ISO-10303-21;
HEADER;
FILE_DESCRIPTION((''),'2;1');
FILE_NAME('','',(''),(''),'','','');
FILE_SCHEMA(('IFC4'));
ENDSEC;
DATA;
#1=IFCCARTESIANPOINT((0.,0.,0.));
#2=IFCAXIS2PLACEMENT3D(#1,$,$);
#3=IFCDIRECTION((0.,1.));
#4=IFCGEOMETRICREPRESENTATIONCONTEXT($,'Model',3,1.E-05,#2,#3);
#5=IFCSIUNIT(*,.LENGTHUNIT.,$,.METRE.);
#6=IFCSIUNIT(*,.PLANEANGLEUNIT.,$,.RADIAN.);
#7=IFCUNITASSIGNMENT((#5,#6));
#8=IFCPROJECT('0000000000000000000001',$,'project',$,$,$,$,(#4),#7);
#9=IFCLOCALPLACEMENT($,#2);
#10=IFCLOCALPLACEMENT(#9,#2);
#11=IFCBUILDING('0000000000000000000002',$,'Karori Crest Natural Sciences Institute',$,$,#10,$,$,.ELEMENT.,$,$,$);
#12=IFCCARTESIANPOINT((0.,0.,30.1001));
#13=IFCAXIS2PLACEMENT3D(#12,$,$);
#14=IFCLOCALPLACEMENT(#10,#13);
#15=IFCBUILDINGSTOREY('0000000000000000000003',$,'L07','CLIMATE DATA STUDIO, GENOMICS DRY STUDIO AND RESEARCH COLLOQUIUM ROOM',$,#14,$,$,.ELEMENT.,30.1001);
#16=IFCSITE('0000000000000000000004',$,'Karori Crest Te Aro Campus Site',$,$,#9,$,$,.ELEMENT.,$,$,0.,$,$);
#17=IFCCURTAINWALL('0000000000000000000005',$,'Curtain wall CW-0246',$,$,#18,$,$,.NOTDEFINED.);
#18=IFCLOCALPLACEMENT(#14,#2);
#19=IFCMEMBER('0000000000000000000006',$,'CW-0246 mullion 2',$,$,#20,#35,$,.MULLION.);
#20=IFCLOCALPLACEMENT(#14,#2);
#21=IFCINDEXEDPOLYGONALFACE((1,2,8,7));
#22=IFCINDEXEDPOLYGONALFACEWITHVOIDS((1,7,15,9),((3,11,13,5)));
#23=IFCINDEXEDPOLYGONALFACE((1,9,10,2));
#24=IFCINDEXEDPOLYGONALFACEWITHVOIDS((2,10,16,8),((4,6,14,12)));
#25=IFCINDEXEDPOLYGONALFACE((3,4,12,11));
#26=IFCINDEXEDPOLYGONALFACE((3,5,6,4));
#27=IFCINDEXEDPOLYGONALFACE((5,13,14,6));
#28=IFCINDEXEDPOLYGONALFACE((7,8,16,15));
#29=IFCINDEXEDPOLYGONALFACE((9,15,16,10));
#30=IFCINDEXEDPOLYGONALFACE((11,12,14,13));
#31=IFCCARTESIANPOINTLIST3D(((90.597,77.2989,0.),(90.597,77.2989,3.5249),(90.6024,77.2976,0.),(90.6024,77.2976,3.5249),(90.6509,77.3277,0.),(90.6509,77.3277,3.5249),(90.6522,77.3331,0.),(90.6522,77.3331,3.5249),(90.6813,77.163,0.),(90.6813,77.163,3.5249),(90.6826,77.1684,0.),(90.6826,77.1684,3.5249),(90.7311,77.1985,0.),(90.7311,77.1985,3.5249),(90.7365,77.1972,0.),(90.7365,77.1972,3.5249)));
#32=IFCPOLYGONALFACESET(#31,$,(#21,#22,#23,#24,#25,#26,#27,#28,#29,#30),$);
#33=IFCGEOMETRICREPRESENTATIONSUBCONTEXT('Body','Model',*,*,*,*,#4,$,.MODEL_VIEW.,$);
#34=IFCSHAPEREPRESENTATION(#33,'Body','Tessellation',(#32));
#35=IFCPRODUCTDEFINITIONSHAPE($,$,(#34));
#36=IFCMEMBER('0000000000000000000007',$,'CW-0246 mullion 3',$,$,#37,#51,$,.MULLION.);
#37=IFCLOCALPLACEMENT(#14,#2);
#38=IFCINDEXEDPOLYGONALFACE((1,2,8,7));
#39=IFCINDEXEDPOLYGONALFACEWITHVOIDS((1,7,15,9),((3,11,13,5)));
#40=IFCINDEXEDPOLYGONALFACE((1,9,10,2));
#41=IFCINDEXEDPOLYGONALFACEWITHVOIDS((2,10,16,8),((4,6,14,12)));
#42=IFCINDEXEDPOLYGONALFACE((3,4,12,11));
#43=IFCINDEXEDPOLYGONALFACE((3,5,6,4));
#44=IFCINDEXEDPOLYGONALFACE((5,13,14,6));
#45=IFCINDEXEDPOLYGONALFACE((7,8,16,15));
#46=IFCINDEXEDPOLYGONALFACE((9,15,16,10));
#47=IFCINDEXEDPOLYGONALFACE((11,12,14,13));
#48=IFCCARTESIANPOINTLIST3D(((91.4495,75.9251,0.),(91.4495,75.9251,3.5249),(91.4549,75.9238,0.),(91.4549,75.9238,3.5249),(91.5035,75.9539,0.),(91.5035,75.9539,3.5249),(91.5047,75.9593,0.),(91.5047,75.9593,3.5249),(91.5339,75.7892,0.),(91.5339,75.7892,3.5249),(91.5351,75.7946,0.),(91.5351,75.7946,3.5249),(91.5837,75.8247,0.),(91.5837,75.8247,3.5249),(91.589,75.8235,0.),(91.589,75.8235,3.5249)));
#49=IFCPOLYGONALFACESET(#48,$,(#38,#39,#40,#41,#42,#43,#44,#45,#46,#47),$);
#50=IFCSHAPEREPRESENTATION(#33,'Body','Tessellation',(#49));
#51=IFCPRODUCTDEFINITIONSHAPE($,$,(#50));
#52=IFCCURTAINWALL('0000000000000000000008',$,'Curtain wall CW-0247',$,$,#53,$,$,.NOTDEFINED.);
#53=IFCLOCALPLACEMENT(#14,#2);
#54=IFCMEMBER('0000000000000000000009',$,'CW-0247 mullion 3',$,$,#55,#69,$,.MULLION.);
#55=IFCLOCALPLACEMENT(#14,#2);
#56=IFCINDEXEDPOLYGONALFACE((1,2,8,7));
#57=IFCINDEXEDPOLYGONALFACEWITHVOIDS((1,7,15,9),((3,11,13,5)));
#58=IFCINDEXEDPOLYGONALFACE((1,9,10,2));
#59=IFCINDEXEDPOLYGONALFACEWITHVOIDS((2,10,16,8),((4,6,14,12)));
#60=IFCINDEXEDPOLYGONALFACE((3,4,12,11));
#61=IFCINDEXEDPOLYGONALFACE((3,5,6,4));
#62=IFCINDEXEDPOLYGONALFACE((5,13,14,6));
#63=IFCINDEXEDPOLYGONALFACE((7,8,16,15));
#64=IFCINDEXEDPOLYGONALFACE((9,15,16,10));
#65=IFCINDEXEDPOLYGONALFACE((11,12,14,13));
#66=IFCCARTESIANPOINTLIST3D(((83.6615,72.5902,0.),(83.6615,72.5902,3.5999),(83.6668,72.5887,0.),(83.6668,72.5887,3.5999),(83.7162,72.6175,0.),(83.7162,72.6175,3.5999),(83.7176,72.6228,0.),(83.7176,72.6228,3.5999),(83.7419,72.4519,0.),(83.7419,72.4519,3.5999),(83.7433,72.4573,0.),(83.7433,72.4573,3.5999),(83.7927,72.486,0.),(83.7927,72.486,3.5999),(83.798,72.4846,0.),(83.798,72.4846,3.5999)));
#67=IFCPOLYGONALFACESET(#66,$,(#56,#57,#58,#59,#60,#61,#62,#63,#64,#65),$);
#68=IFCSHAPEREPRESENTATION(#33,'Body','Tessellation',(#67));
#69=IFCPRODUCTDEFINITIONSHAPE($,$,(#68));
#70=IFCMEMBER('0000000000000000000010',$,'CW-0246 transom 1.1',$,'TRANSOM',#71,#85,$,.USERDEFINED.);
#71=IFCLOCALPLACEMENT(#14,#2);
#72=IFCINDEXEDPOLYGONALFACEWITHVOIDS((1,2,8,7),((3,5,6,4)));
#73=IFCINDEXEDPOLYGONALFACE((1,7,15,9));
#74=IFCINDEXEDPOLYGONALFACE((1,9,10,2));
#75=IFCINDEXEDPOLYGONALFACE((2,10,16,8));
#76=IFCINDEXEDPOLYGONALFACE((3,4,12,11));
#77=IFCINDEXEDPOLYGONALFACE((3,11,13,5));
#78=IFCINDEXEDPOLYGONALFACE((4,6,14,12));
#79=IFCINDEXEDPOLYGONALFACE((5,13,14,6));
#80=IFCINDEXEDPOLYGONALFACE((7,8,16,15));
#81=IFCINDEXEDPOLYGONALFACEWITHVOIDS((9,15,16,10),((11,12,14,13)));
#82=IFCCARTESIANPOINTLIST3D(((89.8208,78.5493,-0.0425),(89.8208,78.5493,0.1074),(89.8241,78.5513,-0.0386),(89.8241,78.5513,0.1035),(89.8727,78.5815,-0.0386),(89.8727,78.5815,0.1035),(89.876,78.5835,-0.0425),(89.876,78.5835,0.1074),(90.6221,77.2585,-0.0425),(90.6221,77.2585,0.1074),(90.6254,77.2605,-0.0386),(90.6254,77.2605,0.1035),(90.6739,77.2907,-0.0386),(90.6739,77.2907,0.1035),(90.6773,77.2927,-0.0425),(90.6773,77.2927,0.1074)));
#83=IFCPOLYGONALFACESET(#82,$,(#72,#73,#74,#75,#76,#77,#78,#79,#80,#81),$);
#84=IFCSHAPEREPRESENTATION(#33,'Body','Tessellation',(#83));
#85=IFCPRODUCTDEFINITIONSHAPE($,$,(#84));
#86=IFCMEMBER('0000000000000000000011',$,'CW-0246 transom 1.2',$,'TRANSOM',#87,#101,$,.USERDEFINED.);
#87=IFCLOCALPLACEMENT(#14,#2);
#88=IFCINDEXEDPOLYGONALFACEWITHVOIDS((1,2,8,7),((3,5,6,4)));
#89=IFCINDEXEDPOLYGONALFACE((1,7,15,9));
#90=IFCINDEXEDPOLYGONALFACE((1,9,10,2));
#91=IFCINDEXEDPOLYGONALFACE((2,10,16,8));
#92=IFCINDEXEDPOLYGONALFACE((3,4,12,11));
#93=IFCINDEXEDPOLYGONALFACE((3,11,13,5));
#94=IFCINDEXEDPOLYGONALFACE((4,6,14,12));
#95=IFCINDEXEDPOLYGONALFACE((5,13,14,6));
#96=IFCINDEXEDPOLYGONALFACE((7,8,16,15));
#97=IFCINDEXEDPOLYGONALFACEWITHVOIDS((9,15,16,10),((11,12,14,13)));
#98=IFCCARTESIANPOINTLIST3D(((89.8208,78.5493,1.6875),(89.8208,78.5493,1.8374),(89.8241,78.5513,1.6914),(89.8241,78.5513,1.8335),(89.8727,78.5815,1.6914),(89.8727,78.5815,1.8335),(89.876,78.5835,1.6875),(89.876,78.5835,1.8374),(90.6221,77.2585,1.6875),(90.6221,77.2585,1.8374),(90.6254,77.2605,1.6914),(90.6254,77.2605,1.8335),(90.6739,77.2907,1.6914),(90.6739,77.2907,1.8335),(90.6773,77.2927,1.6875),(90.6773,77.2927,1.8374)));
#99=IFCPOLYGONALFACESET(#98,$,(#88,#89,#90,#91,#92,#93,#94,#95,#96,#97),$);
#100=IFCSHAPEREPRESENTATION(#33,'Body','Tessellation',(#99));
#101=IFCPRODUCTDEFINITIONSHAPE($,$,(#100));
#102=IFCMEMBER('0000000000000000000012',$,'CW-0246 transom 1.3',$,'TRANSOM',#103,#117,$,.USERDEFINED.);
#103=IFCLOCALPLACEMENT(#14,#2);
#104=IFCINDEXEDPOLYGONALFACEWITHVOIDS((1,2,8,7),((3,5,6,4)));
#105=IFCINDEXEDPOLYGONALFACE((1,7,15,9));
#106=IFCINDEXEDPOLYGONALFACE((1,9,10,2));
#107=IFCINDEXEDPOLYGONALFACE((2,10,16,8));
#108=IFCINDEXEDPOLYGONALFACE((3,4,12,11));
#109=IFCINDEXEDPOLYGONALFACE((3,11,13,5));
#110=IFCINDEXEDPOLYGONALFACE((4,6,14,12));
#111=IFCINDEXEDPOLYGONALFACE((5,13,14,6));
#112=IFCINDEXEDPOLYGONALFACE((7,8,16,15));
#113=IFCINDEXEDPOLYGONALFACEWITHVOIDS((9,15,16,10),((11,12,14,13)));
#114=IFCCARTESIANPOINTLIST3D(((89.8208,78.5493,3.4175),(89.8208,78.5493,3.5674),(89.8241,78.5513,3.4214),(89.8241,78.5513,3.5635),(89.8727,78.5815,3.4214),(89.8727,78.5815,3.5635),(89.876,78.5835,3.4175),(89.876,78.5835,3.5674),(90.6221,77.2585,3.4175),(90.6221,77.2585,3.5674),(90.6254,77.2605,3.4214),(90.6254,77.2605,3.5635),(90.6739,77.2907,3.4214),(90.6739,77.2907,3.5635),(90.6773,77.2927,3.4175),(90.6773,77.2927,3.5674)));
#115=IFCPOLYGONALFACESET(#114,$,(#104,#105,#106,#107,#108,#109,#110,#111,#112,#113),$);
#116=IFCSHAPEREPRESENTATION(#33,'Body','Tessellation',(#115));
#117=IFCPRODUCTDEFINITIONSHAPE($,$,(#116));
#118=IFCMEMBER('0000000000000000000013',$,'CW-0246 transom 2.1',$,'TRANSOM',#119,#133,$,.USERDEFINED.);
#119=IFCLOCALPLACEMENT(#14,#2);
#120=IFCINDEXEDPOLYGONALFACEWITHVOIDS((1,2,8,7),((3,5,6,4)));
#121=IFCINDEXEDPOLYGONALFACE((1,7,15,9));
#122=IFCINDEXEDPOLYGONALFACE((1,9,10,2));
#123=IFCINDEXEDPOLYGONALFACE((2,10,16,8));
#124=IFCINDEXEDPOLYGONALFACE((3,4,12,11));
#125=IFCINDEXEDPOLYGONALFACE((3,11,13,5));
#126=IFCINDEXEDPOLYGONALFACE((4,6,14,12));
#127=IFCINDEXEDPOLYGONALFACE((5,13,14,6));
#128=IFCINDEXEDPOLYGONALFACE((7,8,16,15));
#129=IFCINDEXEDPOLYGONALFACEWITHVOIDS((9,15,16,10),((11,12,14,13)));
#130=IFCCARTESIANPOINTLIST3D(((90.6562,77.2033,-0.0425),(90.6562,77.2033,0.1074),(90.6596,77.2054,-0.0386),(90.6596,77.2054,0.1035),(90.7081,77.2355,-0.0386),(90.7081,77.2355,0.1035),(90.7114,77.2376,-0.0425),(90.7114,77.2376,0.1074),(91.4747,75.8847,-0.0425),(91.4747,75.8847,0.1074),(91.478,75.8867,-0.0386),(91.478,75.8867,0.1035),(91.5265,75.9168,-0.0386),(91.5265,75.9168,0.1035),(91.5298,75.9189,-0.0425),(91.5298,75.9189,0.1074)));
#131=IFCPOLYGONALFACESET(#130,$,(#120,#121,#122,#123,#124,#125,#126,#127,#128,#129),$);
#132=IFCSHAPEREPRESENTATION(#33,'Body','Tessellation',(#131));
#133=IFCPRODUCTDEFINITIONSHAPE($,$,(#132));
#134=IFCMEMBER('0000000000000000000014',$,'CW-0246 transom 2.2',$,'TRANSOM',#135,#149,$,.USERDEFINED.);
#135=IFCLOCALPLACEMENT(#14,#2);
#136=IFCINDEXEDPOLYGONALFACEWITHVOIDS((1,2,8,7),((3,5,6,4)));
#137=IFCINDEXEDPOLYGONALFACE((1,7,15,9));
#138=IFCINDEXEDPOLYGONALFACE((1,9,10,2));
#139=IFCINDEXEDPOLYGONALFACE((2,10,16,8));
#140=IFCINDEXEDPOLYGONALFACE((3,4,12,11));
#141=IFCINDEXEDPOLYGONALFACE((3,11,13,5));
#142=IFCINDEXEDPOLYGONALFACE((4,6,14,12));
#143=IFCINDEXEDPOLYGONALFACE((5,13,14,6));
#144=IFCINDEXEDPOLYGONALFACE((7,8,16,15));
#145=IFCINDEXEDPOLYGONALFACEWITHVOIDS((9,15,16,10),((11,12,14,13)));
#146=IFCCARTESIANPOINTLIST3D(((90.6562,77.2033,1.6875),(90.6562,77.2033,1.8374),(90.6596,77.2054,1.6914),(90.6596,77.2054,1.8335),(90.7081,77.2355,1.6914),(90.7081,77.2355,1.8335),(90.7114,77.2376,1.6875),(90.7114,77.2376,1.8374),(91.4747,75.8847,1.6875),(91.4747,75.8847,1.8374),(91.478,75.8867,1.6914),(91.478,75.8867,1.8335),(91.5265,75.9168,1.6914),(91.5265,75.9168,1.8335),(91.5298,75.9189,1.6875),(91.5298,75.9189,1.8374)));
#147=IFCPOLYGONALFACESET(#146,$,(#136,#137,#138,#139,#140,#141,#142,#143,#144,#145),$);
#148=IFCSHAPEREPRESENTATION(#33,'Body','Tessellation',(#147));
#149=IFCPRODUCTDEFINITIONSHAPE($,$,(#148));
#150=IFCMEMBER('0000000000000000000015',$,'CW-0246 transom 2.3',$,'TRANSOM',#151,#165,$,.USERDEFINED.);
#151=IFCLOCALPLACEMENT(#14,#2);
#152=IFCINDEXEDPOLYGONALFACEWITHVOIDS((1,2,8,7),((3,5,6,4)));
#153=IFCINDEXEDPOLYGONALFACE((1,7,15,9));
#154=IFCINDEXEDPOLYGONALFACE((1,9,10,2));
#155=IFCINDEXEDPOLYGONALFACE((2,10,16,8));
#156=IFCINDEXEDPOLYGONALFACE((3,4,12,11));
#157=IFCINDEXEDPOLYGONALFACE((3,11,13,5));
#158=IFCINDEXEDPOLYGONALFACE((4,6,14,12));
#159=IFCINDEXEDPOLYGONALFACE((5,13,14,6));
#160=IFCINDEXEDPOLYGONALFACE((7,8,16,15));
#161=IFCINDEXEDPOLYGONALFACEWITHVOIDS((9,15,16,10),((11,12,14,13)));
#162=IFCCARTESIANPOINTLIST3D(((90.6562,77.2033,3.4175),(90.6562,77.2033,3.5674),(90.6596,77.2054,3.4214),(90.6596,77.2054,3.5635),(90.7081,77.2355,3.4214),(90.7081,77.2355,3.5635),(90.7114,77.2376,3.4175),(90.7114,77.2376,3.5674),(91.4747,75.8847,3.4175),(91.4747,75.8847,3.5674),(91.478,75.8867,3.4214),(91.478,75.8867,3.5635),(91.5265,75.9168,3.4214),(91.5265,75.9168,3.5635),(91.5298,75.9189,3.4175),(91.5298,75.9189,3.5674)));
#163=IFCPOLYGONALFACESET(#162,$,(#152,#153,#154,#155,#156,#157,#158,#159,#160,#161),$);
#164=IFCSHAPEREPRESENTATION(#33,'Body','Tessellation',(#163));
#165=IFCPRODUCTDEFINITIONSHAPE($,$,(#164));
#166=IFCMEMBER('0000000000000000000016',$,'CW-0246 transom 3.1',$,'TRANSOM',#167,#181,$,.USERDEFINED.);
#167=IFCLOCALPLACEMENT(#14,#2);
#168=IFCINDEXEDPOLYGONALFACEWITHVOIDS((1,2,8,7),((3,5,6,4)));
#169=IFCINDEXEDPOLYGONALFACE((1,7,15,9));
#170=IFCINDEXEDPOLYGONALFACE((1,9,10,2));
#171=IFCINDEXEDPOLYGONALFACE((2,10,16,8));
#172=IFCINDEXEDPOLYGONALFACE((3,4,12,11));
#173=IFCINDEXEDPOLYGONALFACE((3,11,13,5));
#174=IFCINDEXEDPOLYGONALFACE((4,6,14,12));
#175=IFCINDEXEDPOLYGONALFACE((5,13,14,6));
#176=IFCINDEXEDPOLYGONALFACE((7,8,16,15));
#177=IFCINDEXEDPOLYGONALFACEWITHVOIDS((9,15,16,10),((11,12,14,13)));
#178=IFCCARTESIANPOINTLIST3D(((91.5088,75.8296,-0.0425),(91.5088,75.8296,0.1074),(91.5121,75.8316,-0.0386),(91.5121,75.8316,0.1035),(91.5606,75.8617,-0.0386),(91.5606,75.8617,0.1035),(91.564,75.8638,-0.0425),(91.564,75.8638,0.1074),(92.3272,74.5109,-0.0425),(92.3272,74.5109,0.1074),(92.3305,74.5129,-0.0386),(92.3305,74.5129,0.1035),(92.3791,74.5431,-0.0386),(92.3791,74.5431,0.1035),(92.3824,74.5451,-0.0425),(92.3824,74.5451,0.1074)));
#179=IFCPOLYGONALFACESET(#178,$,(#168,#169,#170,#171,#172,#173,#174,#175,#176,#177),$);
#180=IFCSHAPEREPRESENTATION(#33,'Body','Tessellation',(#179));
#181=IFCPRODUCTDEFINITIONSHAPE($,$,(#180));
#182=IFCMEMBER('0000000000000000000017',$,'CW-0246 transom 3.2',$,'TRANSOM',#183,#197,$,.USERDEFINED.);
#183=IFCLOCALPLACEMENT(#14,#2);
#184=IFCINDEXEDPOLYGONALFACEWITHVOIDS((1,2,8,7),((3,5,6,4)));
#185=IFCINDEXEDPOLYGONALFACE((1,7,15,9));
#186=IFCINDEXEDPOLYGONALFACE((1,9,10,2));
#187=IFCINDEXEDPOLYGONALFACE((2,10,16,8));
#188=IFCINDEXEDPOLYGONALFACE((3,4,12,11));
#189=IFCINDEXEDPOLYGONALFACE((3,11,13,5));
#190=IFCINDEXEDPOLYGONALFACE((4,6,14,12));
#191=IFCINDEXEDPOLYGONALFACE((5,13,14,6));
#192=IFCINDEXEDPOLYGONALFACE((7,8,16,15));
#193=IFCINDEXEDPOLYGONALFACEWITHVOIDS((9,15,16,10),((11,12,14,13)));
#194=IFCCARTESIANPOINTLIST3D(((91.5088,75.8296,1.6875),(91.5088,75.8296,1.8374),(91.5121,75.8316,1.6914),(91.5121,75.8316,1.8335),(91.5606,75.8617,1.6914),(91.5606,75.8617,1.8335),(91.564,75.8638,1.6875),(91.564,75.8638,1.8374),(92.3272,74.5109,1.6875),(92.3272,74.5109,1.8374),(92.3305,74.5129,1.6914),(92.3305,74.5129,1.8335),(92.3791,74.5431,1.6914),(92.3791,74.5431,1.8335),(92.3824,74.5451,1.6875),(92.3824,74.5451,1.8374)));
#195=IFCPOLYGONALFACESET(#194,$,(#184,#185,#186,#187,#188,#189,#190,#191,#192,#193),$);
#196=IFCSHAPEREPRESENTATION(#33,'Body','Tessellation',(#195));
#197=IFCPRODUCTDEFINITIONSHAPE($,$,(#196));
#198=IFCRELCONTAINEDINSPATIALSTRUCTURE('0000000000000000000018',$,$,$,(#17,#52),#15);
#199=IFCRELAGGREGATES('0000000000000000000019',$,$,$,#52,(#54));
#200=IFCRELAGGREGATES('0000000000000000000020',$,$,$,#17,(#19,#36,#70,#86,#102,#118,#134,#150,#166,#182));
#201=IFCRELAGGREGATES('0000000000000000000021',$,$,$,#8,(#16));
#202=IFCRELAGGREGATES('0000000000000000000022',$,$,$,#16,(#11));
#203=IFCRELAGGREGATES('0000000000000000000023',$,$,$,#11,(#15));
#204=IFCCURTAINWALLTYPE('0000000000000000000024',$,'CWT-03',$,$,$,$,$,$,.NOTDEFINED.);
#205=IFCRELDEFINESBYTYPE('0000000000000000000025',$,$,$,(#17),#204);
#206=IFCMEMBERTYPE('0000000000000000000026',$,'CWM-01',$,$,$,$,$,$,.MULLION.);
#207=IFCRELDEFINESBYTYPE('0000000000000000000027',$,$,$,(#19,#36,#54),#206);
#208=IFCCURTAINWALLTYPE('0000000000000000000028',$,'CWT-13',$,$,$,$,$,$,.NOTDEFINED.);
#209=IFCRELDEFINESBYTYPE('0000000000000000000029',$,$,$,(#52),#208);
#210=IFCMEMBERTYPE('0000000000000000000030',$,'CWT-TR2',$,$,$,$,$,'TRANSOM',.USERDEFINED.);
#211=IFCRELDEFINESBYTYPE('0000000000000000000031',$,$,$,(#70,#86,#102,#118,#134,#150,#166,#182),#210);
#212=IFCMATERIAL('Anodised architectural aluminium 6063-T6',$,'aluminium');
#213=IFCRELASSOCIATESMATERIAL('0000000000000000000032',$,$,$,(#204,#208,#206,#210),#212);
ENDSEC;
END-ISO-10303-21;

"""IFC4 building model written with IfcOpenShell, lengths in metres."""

from ifc_helpers import new_model, si_unit, direction, frame, origin, origin_2d, place, context, subcontext, project, spatial, hollow_rectangle, extrude, material, material_profile, profile_set, type_object, element, aggregate, save


model = new_model("IFC4")

# Units and contexts
model_context = context("Model", 3, precision=1e-05, world=origin(), true_north=direction((0.0, 1.0)))
body_context = subcontext(model_context, "Body", "Model", "MODEL_VIEW")
ifc_project = project(units=[si_unit("LENGTHUNIT", "METRE"), si_unit("PLANEANGLEUNIT", "RADIAN")], contexts=[model_context])

# Site, building, storey
site_placement = place(None, origin())
site = spatial("IfcSite", under=ifc_project, at=site_placement, Name="Karori Crest Te Aro Campus Site", CompositionType="ELEMENT", RefElevation=0.0)
building_placement = place(site_placement, origin())
building = spatial("IfcBuilding", under=site, at=building_placement, Name="Karori Crest Natural Sciences Institute", CompositionType="ELEMENT")
storey_placement = place(building_placement, frame((0.0, 0.0, 30.1001)))
storey = spatial("IfcBuildingStorey", under=building, at=storey_placement, Name="L07", Description="CLIMATE DATA STUDIO, GENOMICS DRY STUDIO AND RESEARCH COLLOQUIUM ROOM", CompositionType="ELEMENT", Elevation=30.1001)

# Curtain wall, members
ifc_material_1 = material(Name="Anodised architectural aluminium 6063-T6", Category="aluminium")
curtain_wall_type_1 = type_object("IfcCurtainWallType", Name="CWT-03", PredefinedType="NOTDEFINED", material=ifc_material_1)
curtain_wall_1_placement = place(storey_placement, origin())
curtain_wall_1 = element("IfcCurtainWall", 1, at=curtain_wall_1_placement, inside=storey, type_object=curtain_wall_type_1, Name="Curtain wall CW-0246", PredefinedType="NOTDEFINED")
ifc_material_profile_1 = material_profile(ifc_material_1, hollow_rectangle(XDim=0.0649, YDim=0.1599, WallThickness=0.0039, at=origin_2d()), Name="CWM160x65x4")
ifc_profile_set_1 = profile_set([ifc_material_profile_1], Name="Anodised architectural aluminium 6063-T6")
member_type_1 = type_object("IfcMemberType", Name="CWM-01", PredefinedType="MULLION", material=ifc_profile_set_1)
member_1_placement = place(storey_placement, frame((90.6667, 77.248, 0.0), z_axis=(0.0, 0.0, 1.0), x_axis=(0.849662, 0.527328, 0.0)))
member_1 = element("IfcMember", 2, at=member_1_placement, type_object=member_type_1, Name="CW-0246 mullion 2", PredefinedType="MULLION", context=body_context, shape_type="SweptSolid", body=[
    extrude(hollow_rectangle(XDim=0.0649, YDim=0.1599, WallThickness=0.0039, at=origin_2d()), origin(), (0.0, 0.0, 1.0), 3.5249),
])
member_2_placement = place(storey_placement, frame((91.5193, 75.8743, 0.0), z_axis=(0.0, 0.0, 1.0), x_axis=(0.849662, 0.527328, 0.0)))
member_2 = element("IfcMember", 3, at=member_2_placement, type_object=member_type_1, Name="CW-0246 mullion 3", PredefinedType="MULLION", context=body_context, shape_type="SweptSolid", body=[
    extrude(hollow_rectangle(XDim=0.0649, YDim=0.1599, WallThickness=0.0039, at=origin_2d()), origin(), (0.0, 0.0, 1.0), 3.5249),
])

# Curtain wall, member
curtain_wall_type_2 = type_object("IfcCurtainWallType", Name="CWT-13", PredefinedType="NOTDEFINED", material=ifc_material_1)
curtain_wall_2_placement = place(storey_placement, origin())
curtain_wall_2 = element("IfcCurtainWall", 4, at=curtain_wall_2_placement, inside=storey, type_object=curtain_wall_type_2, Name="Curtain wall CW-0247", PredefinedType="NOTDEFINED")
member_3_placement = place(storey_placement, frame((83.7297, 72.5374, 0.0), z_axis=(0.0, 0.0, 1.0), x_axis=(-0.864487, -0.502655, 0.0)))
member_3 = element("IfcMember", 5, at=member_3_placement, type_object=member_type_1, Name="CW-0247 mullion 3", PredefinedType="MULLION", context=body_context, shape_type="SweptSolid", body=[
    extrude(hollow_rectangle(XDim=0.0649, YDim=0.1599, WallThickness=0.0039, at=origin_2d()), origin(), (0.0, 0.0, 1.0), 3.5999),
])

# Members
ifc_material_profile_2 = material_profile(ifc_material_1, hollow_rectangle(XDim=0.0649, YDim=0.1499, WallThickness=0.0039, at=origin_2d()), Name="CWT150x65x4")
ifc_profile_set_2 = profile_set([ifc_material_profile_2], Name="Anodised architectural aluminium 6063-T6")
member_type_2 = type_object("IfcMemberType", Name="CWT-TR2", ElementType="TRANSOM", PredefinedType="USERDEFINED", material=ifc_profile_set_2)
member_4_placement = place(storey_placement, frame((89.8484, 78.5664, 0.0325), z_axis=(0.527411, -0.84961, 0.0), x_axis=(0.84961, 0.527411, 0.0)))
member_4 = element("IfcMember", 6, at=member_4_placement, type_object=member_type_2, Name="CW-0246 transom 1.1", ObjectType="TRANSOM", PredefinedType="USERDEFINED", context=body_context, shape_type="SweptSolid", body=[
    extrude(hollow_rectangle(XDim=0.0649, YDim=0.1499, WallThickness=0.0039, at=origin_2d()), origin(), (0.0, 0.0, 1.0), 1.5193),
])
member_5_placement = place(storey_placement, frame((89.8484, 78.5664, 1.7625), z_axis=(0.527411, -0.84961, 0.0), x_axis=(0.84961, 0.527411, 0.0)))
member_5 = element("IfcMember", 7, at=member_5_placement, type_object=member_type_2, Name="CW-0246 transom 1.2", ObjectType="TRANSOM", PredefinedType="USERDEFINED", context=body_context, shape_type="SweptSolid", body=[
    extrude(hollow_rectangle(XDim=0.0649, YDim=0.1499, WallThickness=0.0039, at=origin_2d()), origin(), (0.0, 0.0, 1.0), 1.5193),
])
member_6_placement = place(storey_placement, frame((89.8484, 78.5664, 3.4924), z_axis=(0.527411, -0.84961, 0.0), x_axis=(0.84961, 0.527411, 0.0)))
member_6 = element("IfcMember", 8, at=member_6_placement, type_object=member_type_2, Name="CW-0246 transom 1.3", ObjectType="TRANSOM", PredefinedType="USERDEFINED", context=body_context, shape_type="SweptSolid", body=[
    extrude(hollow_rectangle(XDim=0.0649, YDim=0.1499, WallThickness=0.0039, at=origin_2d()), origin(), (0.0, 0.0, 1.0), 1.5193),
])
member_7_placement = place(storey_placement, frame((90.6838, 77.2205, 0.0325), z_axis=(0.527324, -0.849664, 0.0), x_axis=(0.849664, 0.527324, 0.0)))
member_7 = element("IfcMember", 9, at=member_7_placement, type_object=member_type_2, Name="CW-0246 transom 2.1", ObjectType="TRANSOM", PredefinedType="USERDEFINED", context=body_context, shape_type="SweptSolid", body=[
    extrude(hollow_rectangle(XDim=0.0649, YDim=0.1499, WallThickness=0.0039, at=origin_2d()), origin(), (0.0, 0.0, 1.0), 1.552),
])
member_8_placement = place(storey_placement, frame((90.6838, 77.2205, 1.7625), z_axis=(0.527324, -0.849664, 0.0), x_axis=(0.849664, 0.527324, 0.0)))
member_8 = element("IfcMember", 10, at=member_8_placement, type_object=member_type_2, Name="CW-0246 transom 2.2", ObjectType="TRANSOM", PredefinedType="USERDEFINED", context=body_context, shape_type="SweptSolid", body=[
    extrude(hollow_rectangle(XDim=0.0649, YDim=0.1499, WallThickness=0.0039, at=origin_2d()), origin(), (0.0, 0.0, 1.0), 1.552),
])
member_9_placement = place(storey_placement, frame((90.6838, 77.2205, 3.4924), z_axis=(0.527324, -0.849664, 0.0), x_axis=(0.849664, 0.527324, 0.0)))
member_9 = element("IfcMember", 11, at=member_9_placement, type_object=member_type_2, Name="CW-0246 transom 2.3", ObjectType="TRANSOM", PredefinedType="USERDEFINED", context=body_context, shape_type="SweptSolid", body=[
    extrude(hollow_rectangle(XDim=0.0649, YDim=0.1499, WallThickness=0.0039, at=origin_2d()), origin(), (0.0, 0.0, 1.0), 1.552),
])
member_10_placement = place(storey_placement, frame((91.5364, 75.8467, 0.0325), z_axis=(0.527324, -0.849664, 0.0), x_axis=(0.849664, 0.527324, 0.0)))
member_10 = element("IfcMember", 12, at=member_10_placement, type_object=member_type_2, Name="CW-0246 transom 3.1", ObjectType="TRANSOM", PredefinedType="USERDEFINED", context=body_context, shape_type="SweptSolid", body=[
    extrude(hollow_rectangle(XDim=0.0649, YDim=0.1499, WallThickness=0.0039, at=origin_2d()), origin(), (0.0, 0.0, 1.0), 1.552),
])
member_11_placement = place(storey_placement, frame((91.5364, 75.8467, 1.7625), z_axis=(0.527324, -0.849664, 0.0), x_axis=(0.849664, 0.527324, 0.0)))
member_11 = element("IfcMember", 13, at=member_11_placement, type_object=member_type_2, Name="CW-0246 transom 3.2", ObjectType="TRANSOM", PredefinedType="USERDEFINED", context=body_context, shape_type="SweptSolid", body=[
    extrude(hollow_rectangle(XDim=0.0649, YDim=0.1499, WallThickness=0.0039, at=origin_2d()), origin(), (0.0, 0.0, 1.0), 1.552),
])

aggregate(curtain_wall_2, [member_3])
aggregate(curtain_wall_1, [member_1, member_2, member_4, member_5, member_6, member_7, member_8, member_9, member_10, member_11])

save(model, "model.ifc")
